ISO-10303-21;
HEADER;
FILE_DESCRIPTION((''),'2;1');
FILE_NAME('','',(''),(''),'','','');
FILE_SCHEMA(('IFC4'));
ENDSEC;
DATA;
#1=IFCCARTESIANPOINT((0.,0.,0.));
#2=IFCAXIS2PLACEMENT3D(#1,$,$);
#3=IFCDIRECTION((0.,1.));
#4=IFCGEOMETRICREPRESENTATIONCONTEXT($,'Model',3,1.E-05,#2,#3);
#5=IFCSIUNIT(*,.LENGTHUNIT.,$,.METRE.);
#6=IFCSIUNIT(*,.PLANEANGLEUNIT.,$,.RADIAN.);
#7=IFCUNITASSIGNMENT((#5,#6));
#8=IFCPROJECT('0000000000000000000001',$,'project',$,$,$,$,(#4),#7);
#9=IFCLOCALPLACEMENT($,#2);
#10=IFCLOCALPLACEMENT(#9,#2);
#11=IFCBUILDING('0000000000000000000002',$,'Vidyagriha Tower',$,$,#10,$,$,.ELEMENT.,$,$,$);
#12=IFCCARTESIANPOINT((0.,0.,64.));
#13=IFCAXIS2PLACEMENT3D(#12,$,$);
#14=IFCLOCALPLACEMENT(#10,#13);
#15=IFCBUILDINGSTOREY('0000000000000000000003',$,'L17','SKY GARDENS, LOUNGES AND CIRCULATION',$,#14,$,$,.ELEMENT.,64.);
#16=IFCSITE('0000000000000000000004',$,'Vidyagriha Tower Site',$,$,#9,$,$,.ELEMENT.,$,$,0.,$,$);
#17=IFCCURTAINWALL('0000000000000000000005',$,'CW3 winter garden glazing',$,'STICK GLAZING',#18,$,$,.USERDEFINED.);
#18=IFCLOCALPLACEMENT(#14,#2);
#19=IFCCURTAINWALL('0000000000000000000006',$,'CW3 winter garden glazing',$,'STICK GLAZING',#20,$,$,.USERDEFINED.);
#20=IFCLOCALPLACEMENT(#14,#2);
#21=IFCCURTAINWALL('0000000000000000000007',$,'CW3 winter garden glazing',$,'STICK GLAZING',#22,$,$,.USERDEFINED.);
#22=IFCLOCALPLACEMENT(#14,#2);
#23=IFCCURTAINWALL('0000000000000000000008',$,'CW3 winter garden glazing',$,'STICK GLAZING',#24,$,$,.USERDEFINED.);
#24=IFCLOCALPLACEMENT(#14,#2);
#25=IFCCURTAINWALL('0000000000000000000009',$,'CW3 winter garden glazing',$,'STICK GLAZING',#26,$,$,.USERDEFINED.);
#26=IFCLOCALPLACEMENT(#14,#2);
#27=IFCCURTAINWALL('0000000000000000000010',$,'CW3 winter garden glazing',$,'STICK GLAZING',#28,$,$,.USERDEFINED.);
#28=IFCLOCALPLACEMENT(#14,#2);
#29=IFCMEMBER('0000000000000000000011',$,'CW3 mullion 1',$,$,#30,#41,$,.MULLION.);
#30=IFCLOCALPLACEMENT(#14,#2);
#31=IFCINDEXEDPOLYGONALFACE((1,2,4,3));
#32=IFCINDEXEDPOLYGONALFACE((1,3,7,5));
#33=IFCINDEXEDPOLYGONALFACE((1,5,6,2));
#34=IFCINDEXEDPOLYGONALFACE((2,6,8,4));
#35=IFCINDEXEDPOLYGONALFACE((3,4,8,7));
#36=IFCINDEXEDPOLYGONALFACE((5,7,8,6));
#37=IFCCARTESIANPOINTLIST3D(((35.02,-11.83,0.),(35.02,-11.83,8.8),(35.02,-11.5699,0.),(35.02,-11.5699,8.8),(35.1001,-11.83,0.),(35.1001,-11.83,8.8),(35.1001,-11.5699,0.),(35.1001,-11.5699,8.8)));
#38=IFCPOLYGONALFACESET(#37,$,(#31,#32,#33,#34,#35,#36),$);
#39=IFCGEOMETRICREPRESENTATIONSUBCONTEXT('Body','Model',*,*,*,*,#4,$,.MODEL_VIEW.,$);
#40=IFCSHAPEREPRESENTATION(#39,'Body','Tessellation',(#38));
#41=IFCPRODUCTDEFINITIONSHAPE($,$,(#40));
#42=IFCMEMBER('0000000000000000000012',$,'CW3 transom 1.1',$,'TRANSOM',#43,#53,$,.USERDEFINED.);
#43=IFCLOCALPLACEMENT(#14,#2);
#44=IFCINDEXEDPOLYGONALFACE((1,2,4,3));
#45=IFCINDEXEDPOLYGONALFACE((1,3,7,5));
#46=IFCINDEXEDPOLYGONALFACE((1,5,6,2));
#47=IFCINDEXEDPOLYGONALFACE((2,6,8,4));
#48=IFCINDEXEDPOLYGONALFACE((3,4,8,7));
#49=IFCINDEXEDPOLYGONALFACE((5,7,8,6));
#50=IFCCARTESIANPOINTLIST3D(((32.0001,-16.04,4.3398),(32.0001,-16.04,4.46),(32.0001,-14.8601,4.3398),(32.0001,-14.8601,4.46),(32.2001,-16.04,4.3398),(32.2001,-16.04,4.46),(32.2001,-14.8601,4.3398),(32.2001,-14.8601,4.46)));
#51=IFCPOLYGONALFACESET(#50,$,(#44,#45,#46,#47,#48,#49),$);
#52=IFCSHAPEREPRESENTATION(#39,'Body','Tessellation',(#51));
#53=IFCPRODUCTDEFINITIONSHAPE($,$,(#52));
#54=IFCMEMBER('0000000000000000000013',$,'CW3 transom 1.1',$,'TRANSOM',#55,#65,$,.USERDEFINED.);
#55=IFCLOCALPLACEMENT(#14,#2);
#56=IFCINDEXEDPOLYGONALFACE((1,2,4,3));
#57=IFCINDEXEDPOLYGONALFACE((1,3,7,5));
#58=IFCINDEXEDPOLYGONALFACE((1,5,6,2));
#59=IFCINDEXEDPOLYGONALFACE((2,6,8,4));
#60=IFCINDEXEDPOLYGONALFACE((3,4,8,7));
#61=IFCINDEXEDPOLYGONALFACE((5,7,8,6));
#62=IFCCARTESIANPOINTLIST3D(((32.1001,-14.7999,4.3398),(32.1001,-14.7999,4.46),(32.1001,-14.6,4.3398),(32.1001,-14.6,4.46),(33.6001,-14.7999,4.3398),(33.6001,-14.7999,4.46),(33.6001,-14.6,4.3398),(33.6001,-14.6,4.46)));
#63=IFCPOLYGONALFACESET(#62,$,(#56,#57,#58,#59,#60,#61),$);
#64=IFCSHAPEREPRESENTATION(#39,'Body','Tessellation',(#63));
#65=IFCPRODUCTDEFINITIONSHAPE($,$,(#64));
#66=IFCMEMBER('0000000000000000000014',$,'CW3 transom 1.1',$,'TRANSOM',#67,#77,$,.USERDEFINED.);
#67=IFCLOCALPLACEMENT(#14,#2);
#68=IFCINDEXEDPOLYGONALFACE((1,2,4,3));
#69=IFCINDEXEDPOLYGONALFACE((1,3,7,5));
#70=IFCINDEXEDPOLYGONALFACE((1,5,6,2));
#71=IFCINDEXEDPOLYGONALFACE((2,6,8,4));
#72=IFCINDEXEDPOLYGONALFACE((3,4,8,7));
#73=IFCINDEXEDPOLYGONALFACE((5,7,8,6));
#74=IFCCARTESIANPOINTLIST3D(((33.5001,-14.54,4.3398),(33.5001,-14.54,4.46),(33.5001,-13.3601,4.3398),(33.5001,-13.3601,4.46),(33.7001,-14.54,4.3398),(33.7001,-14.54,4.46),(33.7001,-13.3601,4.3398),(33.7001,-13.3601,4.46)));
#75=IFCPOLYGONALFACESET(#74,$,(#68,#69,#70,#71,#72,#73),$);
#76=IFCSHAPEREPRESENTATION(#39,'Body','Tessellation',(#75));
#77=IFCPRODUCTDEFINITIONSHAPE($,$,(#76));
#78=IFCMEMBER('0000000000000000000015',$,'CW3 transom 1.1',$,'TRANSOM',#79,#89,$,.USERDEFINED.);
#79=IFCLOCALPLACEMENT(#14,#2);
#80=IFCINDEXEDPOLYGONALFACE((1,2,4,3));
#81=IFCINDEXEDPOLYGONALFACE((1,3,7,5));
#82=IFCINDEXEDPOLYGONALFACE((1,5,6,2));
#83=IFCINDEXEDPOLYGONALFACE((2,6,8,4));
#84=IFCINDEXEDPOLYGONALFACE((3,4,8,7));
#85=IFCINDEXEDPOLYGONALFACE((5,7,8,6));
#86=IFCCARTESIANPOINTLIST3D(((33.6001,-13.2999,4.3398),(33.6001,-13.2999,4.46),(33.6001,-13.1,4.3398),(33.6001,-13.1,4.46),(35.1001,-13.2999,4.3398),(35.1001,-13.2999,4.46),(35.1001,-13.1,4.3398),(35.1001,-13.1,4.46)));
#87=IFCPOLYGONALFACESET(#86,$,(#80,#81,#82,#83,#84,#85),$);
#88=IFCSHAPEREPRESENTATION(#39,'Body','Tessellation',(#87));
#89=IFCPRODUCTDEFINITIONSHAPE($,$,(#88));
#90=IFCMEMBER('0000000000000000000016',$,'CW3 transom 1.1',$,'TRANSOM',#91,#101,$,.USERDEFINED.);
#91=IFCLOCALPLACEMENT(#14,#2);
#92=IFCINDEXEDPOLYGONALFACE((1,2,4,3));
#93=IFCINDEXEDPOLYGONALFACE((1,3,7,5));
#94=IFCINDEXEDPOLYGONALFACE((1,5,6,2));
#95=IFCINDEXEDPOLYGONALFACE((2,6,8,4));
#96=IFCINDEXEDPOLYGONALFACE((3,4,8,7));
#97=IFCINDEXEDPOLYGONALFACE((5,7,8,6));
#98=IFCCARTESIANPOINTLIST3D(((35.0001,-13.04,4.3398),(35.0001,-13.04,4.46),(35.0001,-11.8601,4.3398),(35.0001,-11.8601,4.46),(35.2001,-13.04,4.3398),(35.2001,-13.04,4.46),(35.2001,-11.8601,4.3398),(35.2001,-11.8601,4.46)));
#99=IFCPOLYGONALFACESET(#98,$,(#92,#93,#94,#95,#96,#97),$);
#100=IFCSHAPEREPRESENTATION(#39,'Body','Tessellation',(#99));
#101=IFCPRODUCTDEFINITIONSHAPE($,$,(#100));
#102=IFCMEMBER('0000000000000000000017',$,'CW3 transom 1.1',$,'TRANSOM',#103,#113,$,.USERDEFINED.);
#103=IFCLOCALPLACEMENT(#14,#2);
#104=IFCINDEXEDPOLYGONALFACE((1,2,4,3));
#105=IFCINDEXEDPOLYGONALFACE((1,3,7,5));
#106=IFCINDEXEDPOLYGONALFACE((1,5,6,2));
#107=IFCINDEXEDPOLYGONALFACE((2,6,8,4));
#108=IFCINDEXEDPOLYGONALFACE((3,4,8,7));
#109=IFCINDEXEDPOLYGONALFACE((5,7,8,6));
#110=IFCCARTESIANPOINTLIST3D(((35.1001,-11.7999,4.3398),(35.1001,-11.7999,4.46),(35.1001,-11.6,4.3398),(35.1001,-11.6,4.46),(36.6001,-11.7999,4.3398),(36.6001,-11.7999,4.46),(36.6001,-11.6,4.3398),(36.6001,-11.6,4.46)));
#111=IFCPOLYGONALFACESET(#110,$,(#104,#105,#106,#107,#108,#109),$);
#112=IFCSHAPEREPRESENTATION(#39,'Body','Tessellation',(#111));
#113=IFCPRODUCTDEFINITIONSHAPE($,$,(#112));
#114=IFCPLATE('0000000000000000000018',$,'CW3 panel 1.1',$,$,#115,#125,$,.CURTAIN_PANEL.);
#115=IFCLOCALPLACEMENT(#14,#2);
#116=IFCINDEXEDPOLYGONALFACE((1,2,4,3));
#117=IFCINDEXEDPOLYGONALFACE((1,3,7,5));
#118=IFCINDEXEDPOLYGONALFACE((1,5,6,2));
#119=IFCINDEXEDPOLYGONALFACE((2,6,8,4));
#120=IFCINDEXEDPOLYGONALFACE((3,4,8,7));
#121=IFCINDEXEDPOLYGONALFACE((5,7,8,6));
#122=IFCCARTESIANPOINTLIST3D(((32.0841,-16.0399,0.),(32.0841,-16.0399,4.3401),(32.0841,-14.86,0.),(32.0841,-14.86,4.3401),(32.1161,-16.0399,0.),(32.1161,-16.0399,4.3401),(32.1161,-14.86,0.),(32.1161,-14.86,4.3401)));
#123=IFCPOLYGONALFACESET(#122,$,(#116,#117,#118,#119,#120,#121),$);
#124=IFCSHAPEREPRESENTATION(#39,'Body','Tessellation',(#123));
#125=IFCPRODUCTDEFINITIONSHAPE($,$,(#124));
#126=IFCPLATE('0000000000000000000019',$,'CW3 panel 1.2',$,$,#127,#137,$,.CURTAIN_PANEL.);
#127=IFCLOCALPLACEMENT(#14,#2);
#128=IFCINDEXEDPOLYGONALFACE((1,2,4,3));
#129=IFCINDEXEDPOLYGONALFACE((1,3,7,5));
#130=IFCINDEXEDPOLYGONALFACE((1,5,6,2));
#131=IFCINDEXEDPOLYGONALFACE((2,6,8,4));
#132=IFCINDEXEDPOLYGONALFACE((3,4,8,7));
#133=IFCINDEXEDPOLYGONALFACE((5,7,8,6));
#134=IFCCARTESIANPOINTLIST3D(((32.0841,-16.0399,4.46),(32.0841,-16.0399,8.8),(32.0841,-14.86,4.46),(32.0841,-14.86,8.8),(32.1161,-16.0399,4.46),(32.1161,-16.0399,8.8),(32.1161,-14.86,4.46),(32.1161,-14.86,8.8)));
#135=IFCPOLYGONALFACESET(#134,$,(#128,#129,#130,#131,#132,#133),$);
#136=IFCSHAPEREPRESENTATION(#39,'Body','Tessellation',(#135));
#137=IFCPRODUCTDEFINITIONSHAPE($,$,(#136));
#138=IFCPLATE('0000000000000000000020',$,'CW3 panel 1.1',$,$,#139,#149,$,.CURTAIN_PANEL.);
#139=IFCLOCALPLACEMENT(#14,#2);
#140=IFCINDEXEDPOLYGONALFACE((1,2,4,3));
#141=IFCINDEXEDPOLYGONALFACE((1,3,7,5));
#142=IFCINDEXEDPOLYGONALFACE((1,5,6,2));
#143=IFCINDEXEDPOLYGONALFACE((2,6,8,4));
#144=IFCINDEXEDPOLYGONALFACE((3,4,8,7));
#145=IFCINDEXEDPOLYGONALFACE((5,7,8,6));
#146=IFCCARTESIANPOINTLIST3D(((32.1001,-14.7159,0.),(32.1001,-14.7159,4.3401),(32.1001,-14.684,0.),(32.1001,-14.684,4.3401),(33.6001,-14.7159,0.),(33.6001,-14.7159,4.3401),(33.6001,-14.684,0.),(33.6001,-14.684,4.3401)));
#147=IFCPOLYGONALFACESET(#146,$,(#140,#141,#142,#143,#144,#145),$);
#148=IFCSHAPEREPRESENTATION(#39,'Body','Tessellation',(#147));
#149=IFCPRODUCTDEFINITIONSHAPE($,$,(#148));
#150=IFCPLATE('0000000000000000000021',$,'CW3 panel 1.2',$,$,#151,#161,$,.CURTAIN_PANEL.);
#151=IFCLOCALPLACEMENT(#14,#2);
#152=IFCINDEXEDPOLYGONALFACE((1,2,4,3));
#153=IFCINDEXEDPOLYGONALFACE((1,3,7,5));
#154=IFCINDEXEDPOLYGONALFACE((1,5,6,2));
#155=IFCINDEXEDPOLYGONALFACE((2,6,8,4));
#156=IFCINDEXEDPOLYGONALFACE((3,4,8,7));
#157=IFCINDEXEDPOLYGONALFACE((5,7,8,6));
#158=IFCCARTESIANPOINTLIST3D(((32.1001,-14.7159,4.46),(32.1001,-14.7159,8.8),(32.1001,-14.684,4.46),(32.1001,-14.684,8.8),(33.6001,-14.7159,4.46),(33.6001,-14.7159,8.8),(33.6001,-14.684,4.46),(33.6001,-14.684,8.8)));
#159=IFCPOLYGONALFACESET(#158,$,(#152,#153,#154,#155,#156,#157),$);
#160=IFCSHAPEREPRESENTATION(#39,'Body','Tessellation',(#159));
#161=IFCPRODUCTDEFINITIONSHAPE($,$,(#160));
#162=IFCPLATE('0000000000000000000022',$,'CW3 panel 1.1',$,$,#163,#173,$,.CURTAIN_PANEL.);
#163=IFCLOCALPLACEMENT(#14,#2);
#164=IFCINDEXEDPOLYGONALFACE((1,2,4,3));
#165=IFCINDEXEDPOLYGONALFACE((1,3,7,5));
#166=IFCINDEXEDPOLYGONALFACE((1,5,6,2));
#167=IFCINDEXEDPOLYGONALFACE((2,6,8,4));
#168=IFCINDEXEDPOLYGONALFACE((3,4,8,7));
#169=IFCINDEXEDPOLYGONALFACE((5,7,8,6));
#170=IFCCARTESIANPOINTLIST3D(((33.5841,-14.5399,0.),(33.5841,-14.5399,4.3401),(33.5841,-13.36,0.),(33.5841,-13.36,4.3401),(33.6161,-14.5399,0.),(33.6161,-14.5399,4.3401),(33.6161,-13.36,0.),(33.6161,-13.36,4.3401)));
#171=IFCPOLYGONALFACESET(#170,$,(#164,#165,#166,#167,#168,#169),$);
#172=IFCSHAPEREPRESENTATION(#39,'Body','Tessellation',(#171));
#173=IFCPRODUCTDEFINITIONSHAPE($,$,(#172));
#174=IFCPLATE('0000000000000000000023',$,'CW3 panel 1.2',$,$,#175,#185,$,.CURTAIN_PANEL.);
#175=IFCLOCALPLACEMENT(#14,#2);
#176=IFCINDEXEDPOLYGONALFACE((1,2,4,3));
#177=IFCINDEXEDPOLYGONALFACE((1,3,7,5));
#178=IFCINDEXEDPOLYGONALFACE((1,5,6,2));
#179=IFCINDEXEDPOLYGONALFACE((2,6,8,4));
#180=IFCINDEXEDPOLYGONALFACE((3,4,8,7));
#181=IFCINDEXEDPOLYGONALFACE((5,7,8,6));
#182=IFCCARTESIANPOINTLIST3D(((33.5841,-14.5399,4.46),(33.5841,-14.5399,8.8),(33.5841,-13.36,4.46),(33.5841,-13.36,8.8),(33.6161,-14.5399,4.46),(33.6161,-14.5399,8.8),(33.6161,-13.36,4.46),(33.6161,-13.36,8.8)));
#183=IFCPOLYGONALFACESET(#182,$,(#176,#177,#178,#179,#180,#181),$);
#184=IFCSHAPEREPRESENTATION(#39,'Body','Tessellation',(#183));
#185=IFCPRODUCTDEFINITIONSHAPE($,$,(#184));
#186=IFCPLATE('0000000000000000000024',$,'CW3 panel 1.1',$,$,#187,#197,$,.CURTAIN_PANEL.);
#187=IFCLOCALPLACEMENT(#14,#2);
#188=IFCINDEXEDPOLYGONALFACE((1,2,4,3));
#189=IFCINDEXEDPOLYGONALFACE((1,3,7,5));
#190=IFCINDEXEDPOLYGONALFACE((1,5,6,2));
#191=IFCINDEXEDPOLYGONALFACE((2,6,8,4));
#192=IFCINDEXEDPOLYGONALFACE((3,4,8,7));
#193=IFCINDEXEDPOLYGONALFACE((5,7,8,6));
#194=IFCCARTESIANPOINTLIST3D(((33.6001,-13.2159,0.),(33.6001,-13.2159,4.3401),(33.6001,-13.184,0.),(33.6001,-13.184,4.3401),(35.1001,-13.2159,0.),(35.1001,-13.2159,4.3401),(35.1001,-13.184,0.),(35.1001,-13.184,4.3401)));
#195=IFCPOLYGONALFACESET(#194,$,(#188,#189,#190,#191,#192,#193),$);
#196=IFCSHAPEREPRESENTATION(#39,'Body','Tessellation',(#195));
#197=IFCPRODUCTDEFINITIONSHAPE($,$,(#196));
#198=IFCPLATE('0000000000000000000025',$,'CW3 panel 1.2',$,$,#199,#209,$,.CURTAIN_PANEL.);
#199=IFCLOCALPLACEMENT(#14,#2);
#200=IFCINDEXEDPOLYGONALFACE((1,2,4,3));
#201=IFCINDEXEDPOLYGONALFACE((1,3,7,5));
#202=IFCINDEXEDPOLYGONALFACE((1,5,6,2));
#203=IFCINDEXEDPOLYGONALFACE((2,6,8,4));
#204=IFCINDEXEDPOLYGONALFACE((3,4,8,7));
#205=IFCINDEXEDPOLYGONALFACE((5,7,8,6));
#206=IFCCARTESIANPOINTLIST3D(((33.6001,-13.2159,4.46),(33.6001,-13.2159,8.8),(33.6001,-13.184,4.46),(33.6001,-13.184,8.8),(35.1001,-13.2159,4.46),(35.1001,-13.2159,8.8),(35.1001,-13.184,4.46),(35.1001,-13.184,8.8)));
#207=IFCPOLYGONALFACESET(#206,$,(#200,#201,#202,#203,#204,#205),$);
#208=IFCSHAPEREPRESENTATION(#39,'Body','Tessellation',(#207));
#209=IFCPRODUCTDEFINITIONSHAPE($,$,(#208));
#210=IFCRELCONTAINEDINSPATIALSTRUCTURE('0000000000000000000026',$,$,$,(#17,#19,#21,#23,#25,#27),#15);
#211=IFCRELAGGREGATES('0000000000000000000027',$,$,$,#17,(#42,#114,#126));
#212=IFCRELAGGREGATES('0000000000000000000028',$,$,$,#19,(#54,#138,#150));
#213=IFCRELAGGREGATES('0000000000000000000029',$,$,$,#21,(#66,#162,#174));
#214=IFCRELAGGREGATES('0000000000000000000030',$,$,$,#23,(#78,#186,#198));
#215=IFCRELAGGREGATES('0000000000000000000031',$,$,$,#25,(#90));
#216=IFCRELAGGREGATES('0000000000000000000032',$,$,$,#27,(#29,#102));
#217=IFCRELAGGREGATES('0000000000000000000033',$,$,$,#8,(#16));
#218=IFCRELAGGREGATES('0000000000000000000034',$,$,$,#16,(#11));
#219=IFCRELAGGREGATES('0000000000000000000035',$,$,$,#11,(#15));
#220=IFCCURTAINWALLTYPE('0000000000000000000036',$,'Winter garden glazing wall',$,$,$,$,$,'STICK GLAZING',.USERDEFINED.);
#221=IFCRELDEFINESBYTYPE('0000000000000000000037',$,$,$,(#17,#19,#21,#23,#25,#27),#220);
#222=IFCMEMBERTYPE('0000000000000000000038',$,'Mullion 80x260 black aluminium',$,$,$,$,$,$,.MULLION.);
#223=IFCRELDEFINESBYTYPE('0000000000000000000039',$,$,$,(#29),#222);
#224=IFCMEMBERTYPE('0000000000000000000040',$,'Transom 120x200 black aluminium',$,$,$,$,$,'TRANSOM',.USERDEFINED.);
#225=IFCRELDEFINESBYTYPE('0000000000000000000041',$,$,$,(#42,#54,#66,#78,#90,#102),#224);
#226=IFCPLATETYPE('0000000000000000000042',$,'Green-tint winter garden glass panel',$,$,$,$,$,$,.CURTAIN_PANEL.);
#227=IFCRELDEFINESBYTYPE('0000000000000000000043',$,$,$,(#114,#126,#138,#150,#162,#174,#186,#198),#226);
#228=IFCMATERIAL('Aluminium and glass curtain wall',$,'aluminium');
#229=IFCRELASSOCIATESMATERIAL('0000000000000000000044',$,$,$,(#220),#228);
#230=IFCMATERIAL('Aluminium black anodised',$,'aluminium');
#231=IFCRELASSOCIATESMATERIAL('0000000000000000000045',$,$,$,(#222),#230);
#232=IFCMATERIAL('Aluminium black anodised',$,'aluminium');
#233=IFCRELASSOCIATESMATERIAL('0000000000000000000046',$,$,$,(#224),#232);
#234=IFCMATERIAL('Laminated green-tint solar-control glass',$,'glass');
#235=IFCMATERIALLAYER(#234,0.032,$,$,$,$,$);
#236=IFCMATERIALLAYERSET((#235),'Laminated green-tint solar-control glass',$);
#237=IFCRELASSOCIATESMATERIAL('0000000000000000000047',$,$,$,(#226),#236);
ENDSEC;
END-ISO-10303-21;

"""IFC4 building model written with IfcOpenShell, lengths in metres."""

from ifc_helpers import new_model, si_unit, direction, frame, origin, origin_2d, place, context, subcontext, project, spatial, rectangle, extrude, material, layer, layer_set, material_profile, profile_set, type_object, element, aggregate, save


model = new_model("IFC4")

# Units and contexts
model_context = context("Model", 3, precision=1e-05, world=origin(), true_north=direction((0.0, 1.0)))
body_context = subcontext(model_context, "Body", "Model", "MODEL_VIEW")
ifc_project = project(units=[si_unit("LENGTHUNIT", "METRE"), si_unit("PLANEANGLEUNIT", "RADIAN")], contexts=[model_context])

# Site, building, storey
site_placement = place(None, origin())
site = spatial("IfcSite", under=ifc_project, at=site_placement, Name="Vidyagriha Tower Site", CompositionType="ELEMENT", RefElevation=0.0)
building_placement = place(site_placement, origin())
building = spatial("IfcBuilding", under=site, at=building_placement, Name="Vidyagriha Tower", CompositionType="ELEMENT")
storey_placement = place(building_placement, frame((0.0, 0.0, 64.0)))
storey = spatial("IfcBuildingStorey", under=building, at=storey_placement, Name="L17", Description="SKY GARDENS, LOUNGES AND CIRCULATION", CompositionType="ELEMENT", Elevation=64.0)

# Shared definitions
ifc_material_1 = material(Name="Aluminium and glass curtain wall", Category="aluminium")
curtain_wall_type = type_object("IfcCurtainWallType", Name="Winter garden glazing wall", ElementType="STICK GLAZING", PredefinedType="USERDEFINED", material=ifc_material_1)
ifc_material_2 = material(Name="Aluminium black anodised", Category="aluminium")
ifc_material_profile_1 = material_profile(ifc_material_2, rectangle(XDim=0.26, YDim=0.0801, at=origin_2d()), Name="Mullion 80x260 black aluminium")
ifc_profile_set_1 = profile_set([ifc_material_profile_1], Name="Aluminium black anodised")
member_type_1 = type_object("IfcMemberType", Name="Mullion 80x260 black aluminium", PredefinedType="MULLION", material=ifc_profile_set_1)

# Curtain wall
curtain_wall_1_placement = place(storey_placement, origin())
curtain_wall_1 = element("IfcCurtainWall", 1, at=curtain_wall_1_placement, inside=storey, type_object=curtain_wall_type, Name="CW3 winter garden glazing", ObjectType="STICK GLAZING", PredefinedType="USERDEFINED")

# Curtain wall
curtain_wall_2_placement = place(storey_placement, origin())
curtain_wall_2 = element("IfcCurtainWall", 2, at=curtain_wall_2_placement, inside=storey, type_object=curtain_wall_type, Name="CW3 winter garden glazing", ObjectType="STICK GLAZING", PredefinedType="USERDEFINED")

# Curtain walls
curtain_wall_3_placement = place(storey_placement, origin())
curtain_wall_3 = element("IfcCurtainWall", 3, at=curtain_wall_3_placement, inside=storey, type_object=curtain_wall_type, Name="CW3 winter garden glazing", ObjectType="STICK GLAZING", PredefinedType="USERDEFINED")
curtain_wall_4_placement = place(storey_placement, origin())
curtain_wall_4 = element("IfcCurtainWall", 4, at=curtain_wall_4_placement, inside=storey, type_object=curtain_wall_type, Name="CW3 winter garden glazing", ObjectType="STICK GLAZING", PredefinedType="USERDEFINED")
curtain_wall_5_placement = place(storey_placement, origin())
curtain_wall_5 = element("IfcCurtainWall", 5, at=curtain_wall_5_placement, inside=storey, type_object=curtain_wall_type, Name="CW3 winter garden glazing", ObjectType="STICK GLAZING", PredefinedType="USERDEFINED")

# Curtain wall, member
curtain_wall_6_placement = place(storey_placement, origin())
curtain_wall_6 = element("IfcCurtainWall", 6, at=curtain_wall_6_placement, inside=storey, type_object=curtain_wall_type, Name="CW3 winter garden glazing", ObjectType="STICK GLAZING", PredefinedType="USERDEFINED")
member_1_placement = place(storey_placement, frame((35.0601, -11.7, 0.0), z_axis=(0.0, 0.0, 1.0), x_axis=(0.0, 1.0, 0.0)))
member_1 = element("IfcMember", 7, at=member_1_placement, type_object=member_type_1, Name="CW3 mullion 1", PredefinedType="MULLION", context=body_context, shape_type="SweptSolid", body=[
    extrude(rectangle(XDim=0.26, YDim=0.0801, at=origin_2d()), origin(), (0.0, 0.0, 1.0), 8.8),
])

# Members
ifc_material_3 = material(Name="Aluminium black anodised", Category="aluminium")
ifc_material_profile_2 = material_profile(ifc_material_3, rectangle(XDim=0.2, YDim=0.1201, at=origin_2d()), Name="Transom 120x200 black aluminium")
ifc_profile_set_2 = profile_set([ifc_material_profile_2], Name="Aluminium black anodised")
member_type_2 = type_object("IfcMemberType", Name="Transom 120x200 black aluminium", ElementType="TRANSOM", PredefinedType="USERDEFINED", material=ifc_profile_set_2)
member_2_placement = place(storey_placement, frame((32.1001, -16.04, 4.3999), z_axis=(0.0, 1.0, 0.0), x_axis=(-1.0, 0.0, 0.0)))
member_2 = element("IfcMember", 8, at=member_2_placement, type_object=member_type_2, Name="CW3 transom 1.1", ObjectType="TRANSOM", PredefinedType="USERDEFINED", context=body_context, shape_type="SweptSolid", body=[
    extrude(rectangle(XDim=0.2, YDim=0.1201, at=origin_2d()), origin(), (0.0, 0.0, 1.0), 1.1799),
])
member_3_placement = place(storey_placement, frame((32.1001, -14.7, 4.3999), z_axis=(1.0, 0.0, 0.0), x_axis=(0.0, 1.0, 0.0)))
member_3 = element("IfcMember", 9, at=member_3_placement, type_object=member_type_2, Name="CW3 transom 1.1", ObjectType="TRANSOM", PredefinedType="USERDEFINED", context=body_context, shape_type="SweptSolid", body=[
    extrude(rectangle(XDim=0.2, YDim=0.1201, at=origin_2d()), origin(), (0.0, 0.0, 1.0), 1.5),
])
member_4_placement = place(storey_placement, frame((33.6001, -14.54, 4.3999), z_axis=(0.0, 1.0, 0.0), x_axis=(-1.0, 0.0, 0.0)))
member_4 = element("IfcMember", 10, at=member_4_placement, type_object=member_type_2, Name="CW3 transom 1.1", ObjectType="TRANSOM", PredefinedType="USERDEFINED", context=body_context, shape_type="SweptSolid", body=[
    extrude(rectangle(XDim=0.2, YDim=0.1201, at=origin_2d()), origin(), (0.0, 0.0, 1.0), 1.1799),
])
member_5_placement = place(storey_placement, frame((33.6001, -13.2, 4.3999), z_axis=(1.0, 0.0, 0.0), x_axis=(0.0, 1.0, 0.0)))
member_5 = element("IfcMember", 11, at=member_5_placement, type_object=member_type_2, Name="CW3 transom 1.1", ObjectType="TRANSOM", PredefinedType="USERDEFINED", context=body_context, shape_type="SweptSolid", body=[
    extrude(rectangle(XDim=0.2, YDim=0.1201, at=origin_2d()), origin(), (0.0, 0.0, 1.0), 1.5),
])
member_6_placement = place(storey_placement, frame((35.1001, -13.04, 4.3999), z_axis=(0.0, 1.0, 0.0), x_axis=(-1.0, 0.0, 0.0)))
member_6 = element("IfcMember", 12, at=member_6_placement, type_object=member_type_2, Name="CW3 transom 1.1", ObjectType="TRANSOM", PredefinedType="USERDEFINED", context=body_context, shape_type="SweptSolid", body=[
    extrude(rectangle(XDim=0.2, YDim=0.1201, at=origin_2d()), origin(), (0.0, 0.0, 1.0), 1.1799),
])
member_7_placement = place(storey_placement, frame((35.1001, -11.7, 4.3999), z_axis=(1.0, 0.0, 0.0), x_axis=(0.0, 1.0, 0.0)))
member_7 = element("IfcMember", 13, at=member_7_placement, type_object=member_type_2, Name="CW3 transom 1.1", ObjectType="TRANSOM", PredefinedType="USERDEFINED", context=body_context, shape_type="SweptSolid", body=[
    extrude(rectangle(XDim=0.2, YDim=0.1201, at=origin_2d()), origin(), (0.0, 0.0, 1.0), 1.5),
])

# Plates
ifc_material_4 = material(Name="Laminated green-tint solar-control glass", Category="glass")
ifc_layer = layer(ifc_material_4, 0.032)
ifc_layer_set = layer_set([ifc_layer], Name="Laminated green-tint solar-control glass")
plate_type = type_object("IfcPlateType", Name="Green-tint winter garden glass panel", PredefinedType="CURTAIN_PANEL", material=ifc_layer_set)
plate_1_placement = place(storey_placement, frame((32.1001, -15.45, 0.0), z_axis=(0.0, 0.0, 1.0), x_axis=(0.0, 1.0, 0.0)))
plate_1 = element("IfcPlate", 14, at=plate_1_placement, type_object=plate_type, Name="CW3 panel 1.1", PredefinedType="CURTAIN_PANEL", context=body_context, shape_type="SweptSolid", body=[
    extrude(rectangle(XDim=1.1799, YDim=0.032, at=origin_2d()), origin(), (0.0, 0.0, 1.0), 4.3401),
])
plate_2_placement = place(storey_placement, frame((32.1001, -15.45, 4.46), z_axis=(0.0, 0.0, 1.0), x_axis=(0.0, 1.0, 0.0)))
plate_2 = element("IfcPlate", 15, at=plate_2_placement, type_object=plate_type, Name="CW3 panel 1.2", PredefinedType="CURTAIN_PANEL", context=body_context, shape_type="SweptSolid", body=[
    extrude(rectangle(XDim=1.1799, YDim=0.032, at=origin_2d()), origin(), (0.0, 0.0, 1.0), 4.3401),
])
aggregate(curtain_wall_1, [member_2, plate_1, plate_2])
plate_3_placement = place(storey_placement, frame((32.8501, -14.7, 0.0)))
plate_3 = element("IfcPlate", 16, at=plate_3_placement, type_object=plate_type, Name="CW3 panel 1.1", PredefinedType="CURTAIN_PANEL", context=body_context, shape_type="SweptSolid", body=[
    extrude(rectangle(XDim=1.5, YDim=0.032, at=origin_2d()), origin(), (0.0, 0.0, 1.0), 4.3401),
])
plate_4_placement = place(storey_placement, frame((32.8501, -14.7, 4.46)))
plate_4 = element("IfcPlate", 17, at=plate_4_placement, type_object=plate_type, Name="CW3 panel 1.2", PredefinedType="CURTAIN_PANEL", context=body_context, shape_type="SweptSolid", body=[
    extrude(rectangle(XDim=1.5, YDim=0.032, at=origin_2d()), origin(), (0.0, 0.0, 1.0), 4.3401),
])
aggregate(curtain_wall_2, [member_3, plate_3, plate_4])
plate_5_placement = place(storey_placement, frame((33.6001, -13.95, 0.0), z_axis=(0.0, 0.0, 1.0), x_axis=(0.0, 1.0, 0.0)))
plate_5 = element("IfcPlate", 18, at=plate_5_placement, type_object=plate_type, Name="CW3 panel 1.1", PredefinedType="CURTAIN_PANEL", context=body_context, shape_type="SweptSolid", body=[
    extrude(rectangle(XDim=1.1799, YDim=0.032, at=origin_2d()), origin(), (0.0, 0.0, 1.0), 4.3401),
])
plate_6_placement = place(storey_placement, frame((33.6001, -13.95, 4.46), z_axis=(0.0, 0.0, 1.0), x_axis=(0.0, 1.0, 0.0)))
plate_6 = element("IfcPlate", 19, at=plate_6_placement, type_object=plate_type, Name="CW3 panel 1.2", PredefinedType="CURTAIN_PANEL", context=body_context, shape_type="SweptSolid", body=[
    extrude(rectangle(XDim=1.1799, YDim=0.032, at=origin_2d()), origin(), (0.0, 0.0, 1.0), 4.3401),
])
aggregate(curtain_wall_3, [member_4, plate_5, plate_6])
plate_7_placement = place(storey_placement, frame((34.3501, -13.2, 0.0)))
plate_7 = element("IfcPlate", 20, at=plate_7_placement, type_object=plate_type, Name="CW3 panel 1.1", PredefinedType="CURTAIN_PANEL", context=body_context, shape_type="SweptSolid", body=[
    extrude(rectangle(XDim=1.5, YDim=0.032, at=origin_2d()), origin(), (0.0, 0.0, 1.0), 4.3401),
])
plate_8_placement = place(storey_placement, frame((34.3501, -13.2, 4.46)))
plate_8 = element("IfcPlate", 21, at=plate_8_placement, type_object=plate_type, Name="CW3 panel 1.2", PredefinedType="CURTAIN_PANEL", context=body_context, shape_type="SweptSolid", body=[
    extrude(rectangle(XDim=1.5, YDim=0.032, at=origin_2d()), origin(), (0.0, 0.0, 1.0), 4.3401),
])
aggregate(curtain_wall_4, [member_5, plate_7, plate_8])
aggregate(curtain_wall_5, [member_6])
aggregate(curtain_wall_6, [member_1, member_7])

save(model, "model.ifc")
